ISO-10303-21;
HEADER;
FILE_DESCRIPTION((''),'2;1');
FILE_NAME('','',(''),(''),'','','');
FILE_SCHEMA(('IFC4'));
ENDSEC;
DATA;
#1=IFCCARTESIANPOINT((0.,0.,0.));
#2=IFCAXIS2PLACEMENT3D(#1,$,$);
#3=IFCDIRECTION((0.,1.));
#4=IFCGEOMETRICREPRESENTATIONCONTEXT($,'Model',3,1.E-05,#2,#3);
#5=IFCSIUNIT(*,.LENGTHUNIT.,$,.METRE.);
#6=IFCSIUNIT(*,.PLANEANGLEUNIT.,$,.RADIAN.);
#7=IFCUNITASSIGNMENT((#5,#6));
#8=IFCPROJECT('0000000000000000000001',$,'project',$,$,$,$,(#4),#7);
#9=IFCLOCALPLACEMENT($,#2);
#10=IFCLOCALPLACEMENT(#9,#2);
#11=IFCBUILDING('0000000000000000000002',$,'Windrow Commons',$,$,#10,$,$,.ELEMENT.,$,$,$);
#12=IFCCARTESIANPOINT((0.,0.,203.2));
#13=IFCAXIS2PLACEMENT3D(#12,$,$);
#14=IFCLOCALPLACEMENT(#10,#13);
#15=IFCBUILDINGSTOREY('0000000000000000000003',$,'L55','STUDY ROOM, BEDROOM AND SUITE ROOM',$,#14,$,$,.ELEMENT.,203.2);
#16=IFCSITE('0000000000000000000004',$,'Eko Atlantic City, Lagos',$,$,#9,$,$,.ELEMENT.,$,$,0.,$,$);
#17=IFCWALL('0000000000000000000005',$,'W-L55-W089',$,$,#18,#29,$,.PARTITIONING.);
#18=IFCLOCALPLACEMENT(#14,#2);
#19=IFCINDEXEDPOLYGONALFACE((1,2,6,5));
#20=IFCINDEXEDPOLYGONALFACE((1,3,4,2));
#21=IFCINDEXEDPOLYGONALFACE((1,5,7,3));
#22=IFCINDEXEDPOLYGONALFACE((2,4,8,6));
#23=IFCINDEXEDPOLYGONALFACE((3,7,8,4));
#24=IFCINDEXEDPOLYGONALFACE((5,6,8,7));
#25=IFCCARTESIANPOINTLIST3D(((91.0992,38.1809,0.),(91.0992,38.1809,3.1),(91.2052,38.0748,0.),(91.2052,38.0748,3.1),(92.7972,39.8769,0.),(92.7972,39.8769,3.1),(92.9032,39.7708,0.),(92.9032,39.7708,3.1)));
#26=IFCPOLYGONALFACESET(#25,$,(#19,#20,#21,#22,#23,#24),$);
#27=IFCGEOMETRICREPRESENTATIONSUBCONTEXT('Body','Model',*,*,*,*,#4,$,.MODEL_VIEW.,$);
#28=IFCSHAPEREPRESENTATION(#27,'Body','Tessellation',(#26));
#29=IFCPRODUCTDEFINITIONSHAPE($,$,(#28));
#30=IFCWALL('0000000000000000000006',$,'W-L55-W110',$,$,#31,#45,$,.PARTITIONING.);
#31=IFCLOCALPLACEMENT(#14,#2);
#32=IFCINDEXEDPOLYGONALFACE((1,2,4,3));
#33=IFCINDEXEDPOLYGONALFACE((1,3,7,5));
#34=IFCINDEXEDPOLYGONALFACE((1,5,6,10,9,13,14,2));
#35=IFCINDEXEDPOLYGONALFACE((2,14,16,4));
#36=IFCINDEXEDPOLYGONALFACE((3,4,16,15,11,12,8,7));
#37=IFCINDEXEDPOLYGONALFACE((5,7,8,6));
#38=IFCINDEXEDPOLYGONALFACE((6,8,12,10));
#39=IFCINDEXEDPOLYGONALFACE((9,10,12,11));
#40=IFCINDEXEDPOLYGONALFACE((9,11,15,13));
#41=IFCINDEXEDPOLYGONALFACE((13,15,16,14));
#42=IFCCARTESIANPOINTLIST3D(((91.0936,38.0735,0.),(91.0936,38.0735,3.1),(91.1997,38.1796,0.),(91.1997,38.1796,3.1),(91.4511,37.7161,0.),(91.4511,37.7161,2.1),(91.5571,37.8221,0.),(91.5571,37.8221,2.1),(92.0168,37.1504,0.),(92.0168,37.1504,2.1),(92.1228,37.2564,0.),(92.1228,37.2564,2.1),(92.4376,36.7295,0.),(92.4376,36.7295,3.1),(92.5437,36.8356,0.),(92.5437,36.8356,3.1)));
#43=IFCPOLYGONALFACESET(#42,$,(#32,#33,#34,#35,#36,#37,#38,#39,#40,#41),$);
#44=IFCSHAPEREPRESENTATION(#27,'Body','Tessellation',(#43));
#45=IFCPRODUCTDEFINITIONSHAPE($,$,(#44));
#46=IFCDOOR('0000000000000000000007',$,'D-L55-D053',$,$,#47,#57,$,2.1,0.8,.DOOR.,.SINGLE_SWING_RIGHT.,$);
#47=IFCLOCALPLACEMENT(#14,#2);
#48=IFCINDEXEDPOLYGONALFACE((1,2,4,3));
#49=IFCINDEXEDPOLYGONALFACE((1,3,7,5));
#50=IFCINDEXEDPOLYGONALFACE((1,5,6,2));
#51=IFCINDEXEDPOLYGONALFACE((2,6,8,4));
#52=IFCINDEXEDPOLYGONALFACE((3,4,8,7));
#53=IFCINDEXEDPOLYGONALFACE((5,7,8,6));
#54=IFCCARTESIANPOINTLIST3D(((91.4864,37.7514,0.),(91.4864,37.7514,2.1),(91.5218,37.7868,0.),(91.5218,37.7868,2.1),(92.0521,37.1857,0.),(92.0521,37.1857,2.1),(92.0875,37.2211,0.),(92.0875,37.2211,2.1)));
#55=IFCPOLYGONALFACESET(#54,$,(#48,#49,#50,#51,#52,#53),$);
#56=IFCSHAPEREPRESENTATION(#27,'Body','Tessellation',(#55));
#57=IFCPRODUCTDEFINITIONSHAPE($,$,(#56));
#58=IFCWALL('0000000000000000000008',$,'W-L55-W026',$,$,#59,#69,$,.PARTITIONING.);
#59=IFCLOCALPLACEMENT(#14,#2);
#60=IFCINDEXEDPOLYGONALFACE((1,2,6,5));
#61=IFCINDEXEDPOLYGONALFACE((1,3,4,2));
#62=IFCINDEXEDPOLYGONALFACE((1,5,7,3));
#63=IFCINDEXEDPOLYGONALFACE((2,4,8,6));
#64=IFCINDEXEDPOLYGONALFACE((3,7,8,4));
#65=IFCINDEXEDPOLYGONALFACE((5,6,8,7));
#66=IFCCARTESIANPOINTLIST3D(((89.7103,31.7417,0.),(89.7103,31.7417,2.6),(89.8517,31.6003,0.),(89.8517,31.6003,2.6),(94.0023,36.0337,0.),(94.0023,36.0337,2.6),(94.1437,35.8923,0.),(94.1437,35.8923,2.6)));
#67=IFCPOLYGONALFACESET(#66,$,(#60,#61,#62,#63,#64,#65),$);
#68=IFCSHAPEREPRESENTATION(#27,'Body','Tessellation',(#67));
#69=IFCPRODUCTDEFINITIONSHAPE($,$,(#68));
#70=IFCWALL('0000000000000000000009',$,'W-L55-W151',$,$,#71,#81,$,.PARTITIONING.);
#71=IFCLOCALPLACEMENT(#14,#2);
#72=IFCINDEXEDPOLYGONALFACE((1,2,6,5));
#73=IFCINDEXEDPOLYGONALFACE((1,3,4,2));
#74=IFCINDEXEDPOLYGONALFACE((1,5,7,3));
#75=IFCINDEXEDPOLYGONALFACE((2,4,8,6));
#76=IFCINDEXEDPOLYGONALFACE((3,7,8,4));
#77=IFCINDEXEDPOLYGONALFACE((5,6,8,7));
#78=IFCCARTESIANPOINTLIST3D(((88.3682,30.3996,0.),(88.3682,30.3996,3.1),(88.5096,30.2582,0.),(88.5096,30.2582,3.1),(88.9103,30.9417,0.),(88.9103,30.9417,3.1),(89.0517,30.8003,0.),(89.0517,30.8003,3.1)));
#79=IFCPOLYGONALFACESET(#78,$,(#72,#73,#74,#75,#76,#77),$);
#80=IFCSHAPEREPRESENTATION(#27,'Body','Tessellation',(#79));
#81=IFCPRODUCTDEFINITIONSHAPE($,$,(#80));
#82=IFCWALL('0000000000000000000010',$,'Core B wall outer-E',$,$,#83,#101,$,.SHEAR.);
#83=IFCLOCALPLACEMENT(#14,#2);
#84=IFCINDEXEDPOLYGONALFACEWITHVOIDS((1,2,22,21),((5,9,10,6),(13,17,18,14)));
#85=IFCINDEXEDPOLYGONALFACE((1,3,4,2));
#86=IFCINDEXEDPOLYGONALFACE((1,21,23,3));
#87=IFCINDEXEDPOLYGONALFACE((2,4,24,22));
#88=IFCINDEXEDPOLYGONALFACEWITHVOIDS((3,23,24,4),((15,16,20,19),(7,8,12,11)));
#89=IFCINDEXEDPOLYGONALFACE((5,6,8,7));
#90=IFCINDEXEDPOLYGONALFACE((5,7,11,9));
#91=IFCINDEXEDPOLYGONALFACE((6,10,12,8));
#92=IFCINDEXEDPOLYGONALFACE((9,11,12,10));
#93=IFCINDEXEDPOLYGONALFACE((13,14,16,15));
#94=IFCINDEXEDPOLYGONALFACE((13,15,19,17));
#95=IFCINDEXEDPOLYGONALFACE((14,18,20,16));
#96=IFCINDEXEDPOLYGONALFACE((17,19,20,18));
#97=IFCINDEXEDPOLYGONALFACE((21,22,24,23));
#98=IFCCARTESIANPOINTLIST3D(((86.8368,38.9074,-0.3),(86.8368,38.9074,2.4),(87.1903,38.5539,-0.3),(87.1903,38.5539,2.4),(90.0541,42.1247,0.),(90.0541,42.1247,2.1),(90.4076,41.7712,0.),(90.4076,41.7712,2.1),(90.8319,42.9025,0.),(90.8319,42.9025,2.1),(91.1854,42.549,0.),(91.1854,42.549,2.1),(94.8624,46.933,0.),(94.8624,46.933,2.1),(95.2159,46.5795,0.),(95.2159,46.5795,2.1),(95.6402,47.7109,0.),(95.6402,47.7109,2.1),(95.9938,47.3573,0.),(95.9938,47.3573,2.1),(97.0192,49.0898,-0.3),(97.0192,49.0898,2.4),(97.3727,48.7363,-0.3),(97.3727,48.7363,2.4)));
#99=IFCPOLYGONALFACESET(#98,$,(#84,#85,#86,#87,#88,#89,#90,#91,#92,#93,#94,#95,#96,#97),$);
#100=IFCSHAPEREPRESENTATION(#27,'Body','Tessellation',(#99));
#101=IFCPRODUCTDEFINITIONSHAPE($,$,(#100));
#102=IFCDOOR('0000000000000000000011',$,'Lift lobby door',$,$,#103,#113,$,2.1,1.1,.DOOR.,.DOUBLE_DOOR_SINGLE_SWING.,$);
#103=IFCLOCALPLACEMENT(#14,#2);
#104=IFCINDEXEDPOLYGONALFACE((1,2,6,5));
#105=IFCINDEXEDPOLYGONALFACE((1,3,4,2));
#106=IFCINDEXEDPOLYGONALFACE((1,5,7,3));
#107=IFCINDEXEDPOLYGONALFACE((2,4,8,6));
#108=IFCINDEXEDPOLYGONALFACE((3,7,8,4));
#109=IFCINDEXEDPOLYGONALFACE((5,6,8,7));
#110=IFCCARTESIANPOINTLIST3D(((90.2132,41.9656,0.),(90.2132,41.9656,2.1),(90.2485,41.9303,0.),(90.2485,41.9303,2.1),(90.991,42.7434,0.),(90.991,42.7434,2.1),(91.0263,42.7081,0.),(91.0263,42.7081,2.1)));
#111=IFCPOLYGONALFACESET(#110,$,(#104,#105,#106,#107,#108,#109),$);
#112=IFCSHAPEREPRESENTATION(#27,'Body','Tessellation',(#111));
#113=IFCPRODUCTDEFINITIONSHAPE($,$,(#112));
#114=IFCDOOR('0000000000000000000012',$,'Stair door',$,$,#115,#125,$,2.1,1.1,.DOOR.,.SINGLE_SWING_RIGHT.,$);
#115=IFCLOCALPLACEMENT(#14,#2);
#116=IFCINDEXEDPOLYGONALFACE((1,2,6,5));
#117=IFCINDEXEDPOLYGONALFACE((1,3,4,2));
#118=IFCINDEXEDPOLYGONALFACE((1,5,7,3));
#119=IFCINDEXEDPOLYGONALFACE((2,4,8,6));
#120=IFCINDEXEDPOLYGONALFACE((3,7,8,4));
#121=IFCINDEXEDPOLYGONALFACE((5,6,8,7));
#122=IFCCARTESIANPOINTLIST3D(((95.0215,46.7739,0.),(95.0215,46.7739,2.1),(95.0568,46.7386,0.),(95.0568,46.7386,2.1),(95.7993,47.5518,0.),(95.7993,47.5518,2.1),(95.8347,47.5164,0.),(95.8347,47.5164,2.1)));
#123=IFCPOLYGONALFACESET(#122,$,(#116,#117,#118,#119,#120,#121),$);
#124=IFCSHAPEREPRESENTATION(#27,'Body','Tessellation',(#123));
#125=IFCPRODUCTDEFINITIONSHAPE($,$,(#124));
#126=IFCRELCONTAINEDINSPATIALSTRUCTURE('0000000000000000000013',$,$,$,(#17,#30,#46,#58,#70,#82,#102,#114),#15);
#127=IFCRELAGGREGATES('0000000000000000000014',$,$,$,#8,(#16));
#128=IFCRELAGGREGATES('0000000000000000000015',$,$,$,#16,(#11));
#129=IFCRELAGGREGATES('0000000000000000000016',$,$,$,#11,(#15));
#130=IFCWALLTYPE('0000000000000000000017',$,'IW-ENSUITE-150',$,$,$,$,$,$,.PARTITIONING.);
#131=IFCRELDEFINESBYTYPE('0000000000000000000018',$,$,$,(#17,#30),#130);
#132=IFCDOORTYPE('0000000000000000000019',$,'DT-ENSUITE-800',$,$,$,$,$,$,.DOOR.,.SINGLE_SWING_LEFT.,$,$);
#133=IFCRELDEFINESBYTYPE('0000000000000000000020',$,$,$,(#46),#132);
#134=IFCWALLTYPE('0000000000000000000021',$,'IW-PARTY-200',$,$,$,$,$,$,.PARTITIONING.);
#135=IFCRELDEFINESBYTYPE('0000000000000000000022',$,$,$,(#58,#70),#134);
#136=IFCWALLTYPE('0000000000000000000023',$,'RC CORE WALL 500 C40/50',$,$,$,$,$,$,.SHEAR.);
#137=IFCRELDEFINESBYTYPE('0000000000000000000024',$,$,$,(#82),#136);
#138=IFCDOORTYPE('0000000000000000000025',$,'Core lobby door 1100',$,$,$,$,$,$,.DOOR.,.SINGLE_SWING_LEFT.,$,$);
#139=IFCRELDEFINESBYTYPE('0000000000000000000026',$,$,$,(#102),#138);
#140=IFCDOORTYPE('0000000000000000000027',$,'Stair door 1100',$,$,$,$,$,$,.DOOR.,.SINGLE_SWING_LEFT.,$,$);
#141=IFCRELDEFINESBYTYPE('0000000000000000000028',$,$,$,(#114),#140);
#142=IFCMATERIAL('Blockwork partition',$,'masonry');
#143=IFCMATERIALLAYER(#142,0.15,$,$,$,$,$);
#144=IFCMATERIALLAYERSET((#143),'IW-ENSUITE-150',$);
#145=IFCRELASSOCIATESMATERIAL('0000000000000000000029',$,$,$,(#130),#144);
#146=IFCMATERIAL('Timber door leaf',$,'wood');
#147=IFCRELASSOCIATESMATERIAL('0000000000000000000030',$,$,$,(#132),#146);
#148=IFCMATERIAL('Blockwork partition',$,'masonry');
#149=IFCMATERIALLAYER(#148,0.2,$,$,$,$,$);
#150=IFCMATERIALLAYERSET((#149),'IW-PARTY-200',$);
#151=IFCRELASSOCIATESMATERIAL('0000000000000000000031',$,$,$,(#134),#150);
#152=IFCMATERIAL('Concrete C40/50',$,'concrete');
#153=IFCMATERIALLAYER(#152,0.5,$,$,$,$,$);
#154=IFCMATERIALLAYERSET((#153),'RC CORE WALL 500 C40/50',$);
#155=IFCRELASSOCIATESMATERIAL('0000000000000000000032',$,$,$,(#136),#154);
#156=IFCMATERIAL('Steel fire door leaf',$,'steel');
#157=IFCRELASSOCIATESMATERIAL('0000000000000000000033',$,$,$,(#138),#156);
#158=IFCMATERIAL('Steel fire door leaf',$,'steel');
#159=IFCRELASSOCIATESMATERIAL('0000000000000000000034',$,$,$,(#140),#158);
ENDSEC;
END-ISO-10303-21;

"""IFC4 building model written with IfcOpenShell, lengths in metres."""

from ifc_helpers import new_model, si_unit, direction, frame, frame_2d, origin, place, context, subcontext, project, spatial, rectangle, extrude, material, layer, layer_set, type_object, element, fill, save


model = new_model("IFC4")

# Units and contexts
model_context = context("Model", 3, precision=1e-05, world=origin(), true_north=direction((0.0, 1.0)))
body_context = subcontext(model_context, "Body", "Model", "MODEL_VIEW")
ifc_project = project(units=[si_unit("LENGTHUNIT", "METRE"), si_unit("PLANEANGLEUNIT", "RADIAN")], contexts=[model_context])

# Site, building, storey
site_placement = place(None, origin())
site = spatial("IfcSite", under=ifc_project, at=site_placement, Name="Eko Atlantic City, Lagos", CompositionType="ELEMENT", RefElevation=0.0)
building_placement = place(site_placement, origin())
building = spatial("IfcBuilding", under=site, at=building_placement, Name="Windrow Commons", CompositionType="ELEMENT")
storey_placement = place(building_placement, frame((0.0, 0.0, 203.2)))
storey = spatial("IfcBuildingStorey", under=building, at=storey_placement, Name="L55", Description="STUDY ROOM, BEDROOM AND SUITE ROOM", CompositionType="ELEMENT", Elevation=203.2)

# Wall
ifc_material_1 = material(Name="Blockwork partition", Category="masonry")
ifc_layer_1 = layer(ifc_material_1, 0.15)
ifc_layer_set_1 = layer_set([ifc_layer_1], Name="IW-ENSUITE-150")
wall_type_1 = type_object("IfcWallType", Name="IW-ENSUITE-150", PredefinedType="PARTITIONING", material=ifc_layer_set_1)
wall_1_placement = place(storey_placement, frame((91.1522, 38.1278, 0.0), z_axis=(0.0, 0.0, 1.0), x_axis=(0.707523, 0.70669, 0.0)))
element("IfcWall", 1, at=wall_1_placement, inside=storey, type_object=wall_type_1, Name="W-L55-W089", PredefinedType="PARTITIONING", context=body_context, shape_type="SweptSolid", body=[
    extrude(rectangle(XDim=2.3999, YDim=0.15, at=frame_2d((1.2, 0.0))), origin(), (0.0, 0.0, 1.0), 3.1),
])

# Wall, opening, door
wall_2_placement = place(storey_placement, frame((91.1466, 38.1266, 0.0), z_axis=(0.0, 0.0, 1.0), x_axis=(0.707107, -0.707107, 0.0)))
wall_2 = element("IfcWall", 2, at=wall_2_placement, inside=storey, type_object=wall_type_1, Name="W-L55-W110", PredefinedType="PARTITIONING", context=body_context, shape_type="SweptSolid", body=[
    extrude(rectangle(XDim=1.9007, YDim=0.15, at=frame_2d((0.9504, 0.0))), origin(), (0.0, 0.0, 1.0), 3.1),
])
opening_1_placement = place(wall_2_placement, frame((0.5056, 0.0, 0.0)))
opening_1 = element("IfcOpeningElement", 3, at=opening_1_placement, cuts=wall_2, PredefinedType="OPENING", context=body_context, shape_type="SweptSolid", body=[
    extrude(rectangle(XDim=0.8, YDim=2.1, at=frame_2d((0.4, 1.05))), frame((0.0, 0.085, 0.0), z_axis=(0.0, -1.0, 0.0), x_axis=(1.0, 0.0, 0.0)), (0.0, 0.0, 1.0), 0.17),
])
ifc_material_2 = material(Name="Timber door leaf", Category="wood")
door_type_1 = type_object("IfcDoorType", Name="DT-ENSUITE-800", OperationType="SINGLE_SWING_LEFT", PredefinedType="DOOR", material=ifc_material_2)
door_1_placement = place(opening_1_placement, origin())
door_1 = element("IfcDoor", 4, at=door_1_placement, inside=storey, type_object=door_type_1, Name="D-L55-D053", OperationType="SINGLE_SWING_RIGHT", OverallHeight=2.1, OverallWidth=0.8, PredefinedType="DOOR", context=body_context, shape_type="SweptSolid", body=[
    extrude(rectangle(XDim=0.8, YDim=2.1, at=frame_2d((0.4, 1.05))), frame((0.0, 0.025, 0.0), z_axis=(0.0, -1.0, 0.0), x_axis=(1.0, 0.0, 0.0)), (0.0, 0.0, 1.0), 0.05),
])
fill(opening_1, door_1)

# Walls
ifc_material_3 = material(Name="Blockwork partition", Category="masonry")
ifc_layer_2 = layer(ifc_material_3, 0.2)
ifc_layer_set_2 = layer_set([ifc_layer_2], Name="IW-PARTY-200")
wall_type_2 = type_object("IfcWallType", Name="IW-PARTY-200", PredefinedType="PARTITIONING", material=ifc_layer_set_2)
wall_3_placement = place(storey_placement, frame((89.781, 31.671, 0.0), z_axis=(0.0, 0.0, 1.0), x_axis=(0.707107, 0.707107, 0.0)))
element("IfcWall", 5, at=wall_3_placement, inside=storey, type_object=wall_type_2, Name="W-L55-W026", PredefinedType="PARTITIONING", context=body_context, shape_type="SweptSolid", body=[
    extrude(rectangle(XDim=6.0698, YDim=0.2, at=frame_2d((3.0349, 0.0))), origin(), (0.0, 0.0, 1.0), 2.6),
])
wall_4_placement = place(storey_placement, frame((88.4389, 30.3289, 0.0), z_axis=(0.0, 0.0, 1.0), x_axis=(0.707107, 0.707107, 0.0)))
element("IfcWall", 6, at=wall_4_placement, inside=storey, type_object=wall_type_2, Name="W-L55-W151", PredefinedType="PARTITIONING", context=body_context, shape_type="SweptSolid", body=[
    extrude(rectangle(XDim=0.7666, YDim=0.2, at=frame_2d((0.3833, 0.0))), origin(), (0.0, 0.0, 1.0), 3.1),
])

# Wall, openings, doors
ifc_material_4 = material(Name="Concrete C40/50", Category="concrete")
ifc_layer_3 = layer(ifc_material_4, 0.5)
ifc_layer_set_3 = layer_set([ifc_layer_3], Name="RC CORE WALL 500 C40/50")
wall_type_3 = type_object("IfcWallType", Name="RC CORE WALL 500 C40/50", PredefinedType="SHEAR", material=ifc_layer_set_3)
wall_5_placement = place(storey_placement, frame((87.0135, 38.7306, -0.3), z_axis=(0.0, 0.0, 1.0), x_axis=(0.707107, 0.707107, 0.0)))
wall_5 = element("IfcWall", 7, at=wall_5_placement, inside=storey, type_object=wall_type_3, Name="Core B wall outer-E", PredefinedType="SHEAR", context=body_context, shape_type="SweptSolid", body=[
    extrude(rectangle(XDim=14.4001, YDim=0.5, at=frame_2d((7.2001, 0.0))), origin(), (0.0, 0.0, 1.0), 2.7),
])
opening_2_placement = place(wall_5_placement, frame((4.55, 0.0, 0.3)))
opening_2 = element("IfcOpeningElement", 8, at=opening_2_placement, cuts=wall_5, PredefinedType="OPENING", context=body_context, shape_type="SweptSolid", body=[
    extrude(rectangle(XDim=1.1, YDim=2.1, at=frame_2d((0.55, 1.05))), frame((0.0, 0.26, 0.0), z_axis=(0.0, -1.0, 0.0), x_axis=(1.0, 0.0, 0.0)), (0.0, 0.0, 1.0), 0.52),
])
opening_3_placement = place(wall_5_placement, frame((11.35, 0.0, 0.3)))
opening_3 = element("IfcOpeningElement", 9, at=opening_3_placement, cuts=wall_5, PredefinedType="OPENING", context=body_context, shape_type="SweptSolid", body=[
    extrude(rectangle(XDim=1.1, YDim=2.1, at=frame_2d((0.55, 1.05))), frame((0.0, 0.26, 0.0), z_axis=(0.0, -1.0, 0.0), x_axis=(1.0, 0.0, 0.0)), (0.0, 0.0, 1.0), 0.52),
])
ifc_material_5 = material(Name="Steel fire door leaf", Category="steel")
door_type_2 = type_object("IfcDoorType", Name="Core lobby door 1100", OperationType="SINGLE_SWING_LEFT", PredefinedType="DOOR", material=ifc_material_5)
door_2_placement = place(opening_2_placement, origin())
door_2 = element("IfcDoor", 10, at=door_2_placement, inside=storey, type_object=door_type_2, Name="Lift lobby door", OperationType="DOUBLE_DOOR_SINGLE_SWING", OverallHeight=2.1, OverallWidth=1.1, PredefinedType="DOOR", context=body_context, shape_type="SweptSolid", body=[
    extrude(rectangle(XDim=1.1, YDim=2.1, at=frame_2d((0.55, 1.05))), frame((0.0, 0.025, 0.0), z_axis=(0.0, -1.0, 0.0), x_axis=(1.0, 0.0, 0.0)), (0.0, 0.0, 1.0), 0.05),
])
fill(opening_2, door_2)
ifc_material_6 = material(Name="Steel fire door leaf", Category="steel")
door_type_3 = type_object("IfcDoorType", Name="Stair door 1100", OperationType="SINGLE_SWING_LEFT", PredefinedType="DOOR", material=ifc_material_6)
door_3_placement = place(opening_3_placement, origin())
door_3 = element("IfcDoor", 11, at=door_3_placement, inside=storey, type_object=door_type_3, Name="Stair door", OperationType="SINGLE_SWING_RIGHT", OverallHeight=2.1, OverallWidth=1.1, PredefinedType="DOOR", context=body_context, shape_type="SweptSolid", body=[
    extrude(rectangle(XDim=1.1, YDim=2.1, at=frame_2d((0.55, 1.05))), frame((0.0, 0.025, 0.0), z_axis=(0.0, -1.0, 0.0), x_axis=(1.0, 0.0, 0.0)), (0.0, 0.0, 1.0), 0.05),
])
fill(opening_3, door_3)

save(model, "model.ifc")
